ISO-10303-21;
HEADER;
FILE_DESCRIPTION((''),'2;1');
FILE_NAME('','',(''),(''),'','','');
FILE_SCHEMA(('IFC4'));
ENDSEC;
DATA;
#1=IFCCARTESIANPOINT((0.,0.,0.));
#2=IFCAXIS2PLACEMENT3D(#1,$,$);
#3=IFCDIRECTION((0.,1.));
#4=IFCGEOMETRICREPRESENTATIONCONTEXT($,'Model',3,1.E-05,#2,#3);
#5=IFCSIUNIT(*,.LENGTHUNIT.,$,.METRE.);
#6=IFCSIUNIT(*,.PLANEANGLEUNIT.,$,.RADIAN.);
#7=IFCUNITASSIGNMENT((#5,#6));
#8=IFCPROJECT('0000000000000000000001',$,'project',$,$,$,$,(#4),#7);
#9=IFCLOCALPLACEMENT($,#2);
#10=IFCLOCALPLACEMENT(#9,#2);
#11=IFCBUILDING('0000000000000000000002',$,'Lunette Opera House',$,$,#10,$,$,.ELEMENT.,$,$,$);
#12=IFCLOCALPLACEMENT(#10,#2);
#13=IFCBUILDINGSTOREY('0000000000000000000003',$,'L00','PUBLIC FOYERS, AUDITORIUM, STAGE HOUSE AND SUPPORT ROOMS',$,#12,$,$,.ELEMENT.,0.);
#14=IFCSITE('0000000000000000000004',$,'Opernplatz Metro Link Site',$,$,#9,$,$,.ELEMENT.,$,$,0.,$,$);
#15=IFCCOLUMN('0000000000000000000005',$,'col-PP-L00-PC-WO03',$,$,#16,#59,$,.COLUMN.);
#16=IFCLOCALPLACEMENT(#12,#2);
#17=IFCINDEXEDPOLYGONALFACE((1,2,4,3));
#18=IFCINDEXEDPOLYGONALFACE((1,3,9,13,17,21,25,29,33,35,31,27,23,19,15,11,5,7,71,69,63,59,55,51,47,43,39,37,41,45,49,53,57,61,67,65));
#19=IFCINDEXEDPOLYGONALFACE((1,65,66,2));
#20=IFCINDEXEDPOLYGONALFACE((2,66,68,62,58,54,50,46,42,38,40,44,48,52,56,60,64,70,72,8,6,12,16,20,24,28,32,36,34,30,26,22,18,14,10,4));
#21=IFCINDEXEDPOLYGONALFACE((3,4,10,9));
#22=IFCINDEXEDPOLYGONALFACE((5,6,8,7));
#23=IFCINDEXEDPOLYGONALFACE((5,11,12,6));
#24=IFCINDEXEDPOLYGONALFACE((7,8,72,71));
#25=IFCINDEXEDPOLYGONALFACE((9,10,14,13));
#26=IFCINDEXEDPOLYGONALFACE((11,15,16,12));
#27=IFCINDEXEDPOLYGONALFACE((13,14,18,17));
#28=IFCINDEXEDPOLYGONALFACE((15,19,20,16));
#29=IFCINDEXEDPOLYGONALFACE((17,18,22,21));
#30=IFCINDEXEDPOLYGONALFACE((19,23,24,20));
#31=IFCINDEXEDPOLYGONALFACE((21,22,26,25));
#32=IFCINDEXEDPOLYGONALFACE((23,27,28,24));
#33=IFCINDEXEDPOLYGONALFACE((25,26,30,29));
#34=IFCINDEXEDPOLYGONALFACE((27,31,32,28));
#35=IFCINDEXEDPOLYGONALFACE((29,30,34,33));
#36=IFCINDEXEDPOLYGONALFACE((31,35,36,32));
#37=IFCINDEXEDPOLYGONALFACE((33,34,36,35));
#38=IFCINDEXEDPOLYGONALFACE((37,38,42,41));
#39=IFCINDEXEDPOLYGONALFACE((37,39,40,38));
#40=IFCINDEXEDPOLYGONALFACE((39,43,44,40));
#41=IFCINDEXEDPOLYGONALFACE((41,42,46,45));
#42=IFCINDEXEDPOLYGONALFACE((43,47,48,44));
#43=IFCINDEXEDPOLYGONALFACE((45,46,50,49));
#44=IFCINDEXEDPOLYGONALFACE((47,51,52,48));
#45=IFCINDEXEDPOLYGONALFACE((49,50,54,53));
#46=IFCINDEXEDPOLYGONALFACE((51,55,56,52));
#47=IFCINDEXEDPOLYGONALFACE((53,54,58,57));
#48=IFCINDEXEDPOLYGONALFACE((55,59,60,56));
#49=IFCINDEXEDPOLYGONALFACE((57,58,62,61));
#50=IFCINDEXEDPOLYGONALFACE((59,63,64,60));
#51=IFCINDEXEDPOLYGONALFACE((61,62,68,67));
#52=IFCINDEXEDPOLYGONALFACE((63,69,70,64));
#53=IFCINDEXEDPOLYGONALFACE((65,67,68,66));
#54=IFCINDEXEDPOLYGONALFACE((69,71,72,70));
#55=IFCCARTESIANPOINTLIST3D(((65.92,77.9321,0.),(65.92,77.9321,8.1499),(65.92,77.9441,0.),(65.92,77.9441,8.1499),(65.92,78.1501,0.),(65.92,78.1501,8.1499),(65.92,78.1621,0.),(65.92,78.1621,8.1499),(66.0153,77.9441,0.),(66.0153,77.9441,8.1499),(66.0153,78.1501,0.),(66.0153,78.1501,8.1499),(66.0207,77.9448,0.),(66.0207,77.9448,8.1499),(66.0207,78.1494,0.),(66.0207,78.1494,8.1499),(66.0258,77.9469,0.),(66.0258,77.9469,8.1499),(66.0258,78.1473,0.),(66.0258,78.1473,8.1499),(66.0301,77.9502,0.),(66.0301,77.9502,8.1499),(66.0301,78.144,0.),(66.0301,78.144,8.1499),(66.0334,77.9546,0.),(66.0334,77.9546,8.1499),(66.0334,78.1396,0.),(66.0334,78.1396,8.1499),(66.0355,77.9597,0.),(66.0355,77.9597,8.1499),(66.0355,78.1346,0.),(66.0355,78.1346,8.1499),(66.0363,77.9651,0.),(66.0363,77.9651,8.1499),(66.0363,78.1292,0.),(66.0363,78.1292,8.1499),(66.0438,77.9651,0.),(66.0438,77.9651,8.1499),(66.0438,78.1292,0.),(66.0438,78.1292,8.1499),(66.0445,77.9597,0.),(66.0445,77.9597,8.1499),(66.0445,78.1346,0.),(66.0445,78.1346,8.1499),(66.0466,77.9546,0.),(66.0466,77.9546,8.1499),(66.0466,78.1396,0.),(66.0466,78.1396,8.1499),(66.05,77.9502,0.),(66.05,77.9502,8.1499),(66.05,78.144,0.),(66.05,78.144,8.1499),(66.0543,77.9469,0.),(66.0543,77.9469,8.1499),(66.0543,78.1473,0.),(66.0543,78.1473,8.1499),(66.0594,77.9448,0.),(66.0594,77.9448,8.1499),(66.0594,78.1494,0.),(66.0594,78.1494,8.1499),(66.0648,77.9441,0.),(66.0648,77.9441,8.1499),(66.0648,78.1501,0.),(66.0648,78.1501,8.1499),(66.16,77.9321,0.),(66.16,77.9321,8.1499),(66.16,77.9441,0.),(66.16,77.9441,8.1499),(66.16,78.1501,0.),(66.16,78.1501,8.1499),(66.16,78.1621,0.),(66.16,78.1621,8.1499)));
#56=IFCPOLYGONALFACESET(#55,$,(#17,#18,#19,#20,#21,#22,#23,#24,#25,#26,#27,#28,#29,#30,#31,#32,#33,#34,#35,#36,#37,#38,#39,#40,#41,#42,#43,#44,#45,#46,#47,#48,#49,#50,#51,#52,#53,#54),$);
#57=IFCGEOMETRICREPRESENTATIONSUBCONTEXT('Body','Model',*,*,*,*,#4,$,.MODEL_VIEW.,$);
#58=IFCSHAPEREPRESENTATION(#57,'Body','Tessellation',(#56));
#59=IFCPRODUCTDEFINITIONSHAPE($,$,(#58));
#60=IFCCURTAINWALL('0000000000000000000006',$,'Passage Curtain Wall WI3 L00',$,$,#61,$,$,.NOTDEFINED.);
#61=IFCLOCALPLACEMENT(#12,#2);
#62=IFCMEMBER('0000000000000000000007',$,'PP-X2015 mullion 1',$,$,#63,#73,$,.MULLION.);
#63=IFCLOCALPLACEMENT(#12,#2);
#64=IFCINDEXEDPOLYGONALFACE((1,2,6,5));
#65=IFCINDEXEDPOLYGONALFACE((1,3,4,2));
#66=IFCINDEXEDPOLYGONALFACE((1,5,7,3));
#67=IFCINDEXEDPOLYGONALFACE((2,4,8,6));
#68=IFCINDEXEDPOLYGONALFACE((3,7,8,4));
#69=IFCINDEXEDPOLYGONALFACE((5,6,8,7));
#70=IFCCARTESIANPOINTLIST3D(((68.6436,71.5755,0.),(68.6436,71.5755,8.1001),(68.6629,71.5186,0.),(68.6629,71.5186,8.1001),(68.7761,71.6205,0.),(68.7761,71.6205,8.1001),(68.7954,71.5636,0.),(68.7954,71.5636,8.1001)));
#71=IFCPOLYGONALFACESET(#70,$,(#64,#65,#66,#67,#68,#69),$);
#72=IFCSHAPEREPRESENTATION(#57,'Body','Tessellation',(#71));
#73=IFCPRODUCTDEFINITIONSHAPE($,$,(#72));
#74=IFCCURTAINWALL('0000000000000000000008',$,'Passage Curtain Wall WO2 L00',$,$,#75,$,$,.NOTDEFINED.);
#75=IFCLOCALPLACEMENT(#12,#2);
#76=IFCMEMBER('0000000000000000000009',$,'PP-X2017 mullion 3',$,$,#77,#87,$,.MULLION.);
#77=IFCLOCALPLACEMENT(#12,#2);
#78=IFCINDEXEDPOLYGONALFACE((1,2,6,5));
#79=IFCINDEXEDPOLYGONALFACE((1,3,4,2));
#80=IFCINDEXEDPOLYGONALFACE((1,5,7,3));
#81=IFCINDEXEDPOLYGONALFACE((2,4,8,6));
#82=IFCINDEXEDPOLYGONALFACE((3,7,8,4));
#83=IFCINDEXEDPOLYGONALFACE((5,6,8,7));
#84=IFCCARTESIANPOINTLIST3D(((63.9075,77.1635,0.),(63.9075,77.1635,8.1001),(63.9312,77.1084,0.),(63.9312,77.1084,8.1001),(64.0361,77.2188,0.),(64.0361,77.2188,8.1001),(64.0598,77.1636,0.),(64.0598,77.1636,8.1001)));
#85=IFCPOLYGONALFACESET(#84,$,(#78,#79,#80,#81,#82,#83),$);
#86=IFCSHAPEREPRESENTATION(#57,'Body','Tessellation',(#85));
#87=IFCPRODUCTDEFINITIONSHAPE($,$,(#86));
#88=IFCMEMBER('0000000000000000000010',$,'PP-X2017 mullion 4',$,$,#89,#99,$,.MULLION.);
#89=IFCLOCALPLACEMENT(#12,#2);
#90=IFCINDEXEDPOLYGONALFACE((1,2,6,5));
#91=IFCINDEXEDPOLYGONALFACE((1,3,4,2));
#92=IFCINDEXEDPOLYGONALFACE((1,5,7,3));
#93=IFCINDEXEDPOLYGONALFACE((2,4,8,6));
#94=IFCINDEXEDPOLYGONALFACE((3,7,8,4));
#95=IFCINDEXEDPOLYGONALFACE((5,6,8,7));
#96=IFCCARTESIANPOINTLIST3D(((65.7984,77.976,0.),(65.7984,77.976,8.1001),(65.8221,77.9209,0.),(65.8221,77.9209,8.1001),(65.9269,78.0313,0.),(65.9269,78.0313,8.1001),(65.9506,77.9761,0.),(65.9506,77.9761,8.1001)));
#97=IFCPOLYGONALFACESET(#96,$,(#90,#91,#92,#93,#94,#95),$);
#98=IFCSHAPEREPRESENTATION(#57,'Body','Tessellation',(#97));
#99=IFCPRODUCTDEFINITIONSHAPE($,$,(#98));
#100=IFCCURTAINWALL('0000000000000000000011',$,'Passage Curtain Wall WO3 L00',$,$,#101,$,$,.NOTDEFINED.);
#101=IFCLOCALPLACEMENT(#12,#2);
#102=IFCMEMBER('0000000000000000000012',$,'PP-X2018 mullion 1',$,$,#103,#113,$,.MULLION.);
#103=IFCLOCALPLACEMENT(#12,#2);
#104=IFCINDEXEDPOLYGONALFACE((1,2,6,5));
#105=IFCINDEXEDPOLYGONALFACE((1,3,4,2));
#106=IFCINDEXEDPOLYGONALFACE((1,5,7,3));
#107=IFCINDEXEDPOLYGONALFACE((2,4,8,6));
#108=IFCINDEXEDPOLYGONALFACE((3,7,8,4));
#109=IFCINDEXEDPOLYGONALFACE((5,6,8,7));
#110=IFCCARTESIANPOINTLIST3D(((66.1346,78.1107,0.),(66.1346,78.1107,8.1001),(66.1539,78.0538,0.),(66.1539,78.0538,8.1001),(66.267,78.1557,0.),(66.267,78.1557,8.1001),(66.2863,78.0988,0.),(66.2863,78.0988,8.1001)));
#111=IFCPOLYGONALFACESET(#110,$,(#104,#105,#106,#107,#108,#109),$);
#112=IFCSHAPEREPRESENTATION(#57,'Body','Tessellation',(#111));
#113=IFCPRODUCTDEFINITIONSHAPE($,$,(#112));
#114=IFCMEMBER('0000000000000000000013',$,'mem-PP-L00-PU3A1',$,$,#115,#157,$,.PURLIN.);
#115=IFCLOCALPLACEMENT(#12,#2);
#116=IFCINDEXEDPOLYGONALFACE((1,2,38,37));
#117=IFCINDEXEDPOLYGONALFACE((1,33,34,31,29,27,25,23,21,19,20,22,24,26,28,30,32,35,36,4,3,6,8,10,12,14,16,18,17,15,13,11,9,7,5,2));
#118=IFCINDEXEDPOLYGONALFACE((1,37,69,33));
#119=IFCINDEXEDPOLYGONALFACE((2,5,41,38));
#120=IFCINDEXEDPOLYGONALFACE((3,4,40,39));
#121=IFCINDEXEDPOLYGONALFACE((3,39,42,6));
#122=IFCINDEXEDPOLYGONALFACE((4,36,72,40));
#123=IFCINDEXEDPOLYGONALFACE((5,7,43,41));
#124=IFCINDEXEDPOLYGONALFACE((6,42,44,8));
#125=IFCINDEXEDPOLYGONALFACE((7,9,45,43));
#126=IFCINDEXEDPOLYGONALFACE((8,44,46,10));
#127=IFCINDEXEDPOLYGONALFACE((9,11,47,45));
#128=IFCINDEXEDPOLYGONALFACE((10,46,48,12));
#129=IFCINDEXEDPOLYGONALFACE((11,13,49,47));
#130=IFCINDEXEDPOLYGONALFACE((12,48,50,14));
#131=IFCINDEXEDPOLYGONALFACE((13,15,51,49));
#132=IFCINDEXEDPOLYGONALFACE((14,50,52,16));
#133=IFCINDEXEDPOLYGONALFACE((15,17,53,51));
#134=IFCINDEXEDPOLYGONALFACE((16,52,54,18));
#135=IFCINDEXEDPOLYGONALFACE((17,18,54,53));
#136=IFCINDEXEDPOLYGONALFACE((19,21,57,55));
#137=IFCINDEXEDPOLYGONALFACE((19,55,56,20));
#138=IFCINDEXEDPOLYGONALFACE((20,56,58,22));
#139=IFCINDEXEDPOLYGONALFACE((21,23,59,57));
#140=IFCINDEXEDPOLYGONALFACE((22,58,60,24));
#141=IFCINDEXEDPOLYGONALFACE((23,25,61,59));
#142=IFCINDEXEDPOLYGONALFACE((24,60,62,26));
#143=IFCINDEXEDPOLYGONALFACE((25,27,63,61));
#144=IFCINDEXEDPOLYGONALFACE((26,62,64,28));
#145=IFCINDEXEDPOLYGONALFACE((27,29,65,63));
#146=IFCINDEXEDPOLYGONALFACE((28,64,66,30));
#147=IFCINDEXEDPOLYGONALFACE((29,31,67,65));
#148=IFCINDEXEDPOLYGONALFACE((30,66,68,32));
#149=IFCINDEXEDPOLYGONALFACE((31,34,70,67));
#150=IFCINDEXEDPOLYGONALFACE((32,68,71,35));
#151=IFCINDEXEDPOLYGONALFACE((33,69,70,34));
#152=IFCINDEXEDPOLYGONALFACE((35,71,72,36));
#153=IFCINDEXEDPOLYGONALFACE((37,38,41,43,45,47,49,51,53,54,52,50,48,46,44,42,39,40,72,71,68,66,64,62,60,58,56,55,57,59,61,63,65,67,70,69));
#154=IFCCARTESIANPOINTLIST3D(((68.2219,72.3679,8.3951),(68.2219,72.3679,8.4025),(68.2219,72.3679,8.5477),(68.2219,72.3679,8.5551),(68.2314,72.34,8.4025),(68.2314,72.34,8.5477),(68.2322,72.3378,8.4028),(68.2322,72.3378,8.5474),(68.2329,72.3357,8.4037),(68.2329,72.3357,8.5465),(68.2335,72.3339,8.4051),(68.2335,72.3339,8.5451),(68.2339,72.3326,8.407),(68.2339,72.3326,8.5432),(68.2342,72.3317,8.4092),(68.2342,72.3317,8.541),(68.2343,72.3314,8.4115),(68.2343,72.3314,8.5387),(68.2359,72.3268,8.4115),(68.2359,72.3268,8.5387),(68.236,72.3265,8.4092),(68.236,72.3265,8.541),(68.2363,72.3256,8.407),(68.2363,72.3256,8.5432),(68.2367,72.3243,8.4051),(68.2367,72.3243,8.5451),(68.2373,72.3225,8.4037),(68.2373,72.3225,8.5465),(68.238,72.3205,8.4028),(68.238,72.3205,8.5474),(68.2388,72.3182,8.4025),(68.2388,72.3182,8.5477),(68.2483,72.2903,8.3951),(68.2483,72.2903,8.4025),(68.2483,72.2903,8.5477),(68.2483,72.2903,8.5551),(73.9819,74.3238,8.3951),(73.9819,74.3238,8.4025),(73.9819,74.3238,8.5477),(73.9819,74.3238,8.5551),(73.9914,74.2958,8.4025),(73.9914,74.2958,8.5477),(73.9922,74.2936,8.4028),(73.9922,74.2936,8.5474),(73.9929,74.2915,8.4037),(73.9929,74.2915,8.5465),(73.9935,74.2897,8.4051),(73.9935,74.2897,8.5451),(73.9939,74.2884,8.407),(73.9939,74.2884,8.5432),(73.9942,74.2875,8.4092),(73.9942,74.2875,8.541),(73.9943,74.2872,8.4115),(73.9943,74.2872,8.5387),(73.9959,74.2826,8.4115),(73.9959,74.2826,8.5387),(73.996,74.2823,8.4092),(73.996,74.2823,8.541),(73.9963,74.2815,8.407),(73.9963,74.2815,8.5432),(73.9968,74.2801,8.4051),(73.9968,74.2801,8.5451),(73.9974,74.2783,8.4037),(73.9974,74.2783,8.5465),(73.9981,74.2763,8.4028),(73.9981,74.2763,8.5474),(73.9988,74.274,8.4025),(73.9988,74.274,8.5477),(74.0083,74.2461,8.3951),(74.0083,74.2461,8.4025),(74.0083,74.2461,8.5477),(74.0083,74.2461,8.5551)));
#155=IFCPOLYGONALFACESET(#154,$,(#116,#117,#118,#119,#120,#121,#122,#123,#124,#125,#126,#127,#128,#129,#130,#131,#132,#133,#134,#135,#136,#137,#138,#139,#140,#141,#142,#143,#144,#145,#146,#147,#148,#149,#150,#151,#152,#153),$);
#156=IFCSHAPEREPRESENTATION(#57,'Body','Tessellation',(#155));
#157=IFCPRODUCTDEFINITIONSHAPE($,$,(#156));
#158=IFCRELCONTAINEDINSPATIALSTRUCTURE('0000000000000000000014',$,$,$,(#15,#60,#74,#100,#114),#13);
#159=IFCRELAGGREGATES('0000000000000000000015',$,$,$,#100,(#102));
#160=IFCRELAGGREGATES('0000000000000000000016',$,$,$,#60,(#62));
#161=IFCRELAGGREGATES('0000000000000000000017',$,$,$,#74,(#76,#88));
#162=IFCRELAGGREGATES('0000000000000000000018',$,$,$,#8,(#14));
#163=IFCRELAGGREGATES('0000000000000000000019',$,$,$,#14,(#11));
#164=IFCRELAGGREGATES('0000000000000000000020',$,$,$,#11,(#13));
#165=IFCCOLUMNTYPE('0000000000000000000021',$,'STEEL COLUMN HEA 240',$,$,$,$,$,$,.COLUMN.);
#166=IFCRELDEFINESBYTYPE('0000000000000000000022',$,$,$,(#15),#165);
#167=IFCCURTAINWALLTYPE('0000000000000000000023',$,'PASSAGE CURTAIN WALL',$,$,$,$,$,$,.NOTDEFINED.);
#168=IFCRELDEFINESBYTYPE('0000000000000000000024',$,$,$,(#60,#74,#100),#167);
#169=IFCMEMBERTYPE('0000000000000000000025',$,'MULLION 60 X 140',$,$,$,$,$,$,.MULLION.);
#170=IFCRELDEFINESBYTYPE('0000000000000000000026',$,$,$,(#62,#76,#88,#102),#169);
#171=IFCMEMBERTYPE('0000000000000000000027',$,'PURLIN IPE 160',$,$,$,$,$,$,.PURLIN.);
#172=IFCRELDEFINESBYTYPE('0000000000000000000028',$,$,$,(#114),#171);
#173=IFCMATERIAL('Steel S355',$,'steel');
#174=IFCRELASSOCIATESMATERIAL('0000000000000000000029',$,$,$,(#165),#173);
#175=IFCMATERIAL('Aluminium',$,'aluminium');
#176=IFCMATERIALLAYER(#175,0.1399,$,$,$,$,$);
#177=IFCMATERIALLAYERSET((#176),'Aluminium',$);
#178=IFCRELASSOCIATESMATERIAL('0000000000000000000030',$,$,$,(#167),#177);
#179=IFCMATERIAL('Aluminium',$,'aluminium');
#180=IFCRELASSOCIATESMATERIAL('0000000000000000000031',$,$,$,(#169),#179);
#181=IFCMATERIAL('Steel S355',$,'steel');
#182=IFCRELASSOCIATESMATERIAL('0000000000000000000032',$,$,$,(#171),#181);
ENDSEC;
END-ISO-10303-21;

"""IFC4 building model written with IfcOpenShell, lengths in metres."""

from ifc_helpers import new_model, si_unit, direction, frame, origin, origin_2d, place, context, subcontext, project, spatial, rectangle, i_section, extrude, material, layer, layer_set, material_profile, profile_set, type_object, element, aggregate, save


model = new_model("IFC4")

# Units and contexts
model_context = context("Model", 3, precision=1e-05, world=origin(), true_north=direction((0.0, 1.0)))
body_context = subcontext(model_context, "Body", "Model", "MODEL_VIEW")
ifc_project = project(units=[si_unit("LENGTHUNIT", "METRE"), si_unit("PLANEANGLEUNIT", "RADIAN")], contexts=[model_context])

# Site, building, storey
site_placement = place(None, origin())
site = spatial("IfcSite", under=ifc_project, at=site_placement, Name="Opernplatz Metro Link Site", CompositionType="ELEMENT", RefElevation=0.0)
building_placement = place(site_placement, origin())
building = spatial("IfcBuilding", under=site, at=building_placement, Name="Lunette Opera House", CompositionType="ELEMENT")
storey_placement = place(building_placement, origin())
storey = spatial("IfcBuildingStorey", under=building, at=storey_placement, Name="L00", Description="PUBLIC FOYERS, AUDITORIUM, STAGE HOUSE AND SUPPORT ROOMS", CompositionType="ELEMENT", Elevation=0.0)

# Column
ifc_material_1 = material(Name="Steel S355", Category="steel")
ifc_material_profile_1 = material_profile(ifc_material_1, i_section(OverallWidth=0.24, OverallDepth=0.23, WebThickness=0.0076, FlangeThickness=0.012, FilletRadius=0.021, at=origin_2d()), Name="HEA 240")
ifc_profile_set_1 = profile_set([ifc_material_profile_1], Name="Steel S355")
column_type = type_object("IfcColumnType", Name="STEEL COLUMN HEA 240", PredefinedType="COLUMN", material=ifc_profile_set_1)
column_placement = place(storey_placement, frame((66.04, 78.0471, 0.0), z_axis=(0.0, 0.0, 1.0), x_axis=(1.0, 0.0, 0.0)))
element("IfcColumn", 1, at=column_placement, inside=storey, type_object=column_type, Name="col-PP-L00-PC-WO03", PredefinedType="COLUMN", context=body_context, shape_type="SweptSolid", body=[
    extrude(i_section(OverallWidth=0.24, OverallDepth=0.23, WebThickness=0.0076, FlangeThickness=0.012, FilletRadius=0.021, at=origin_2d()), origin(), (0.0, 0.0, 1.0), 8.1499),
])

# Curtain wall, member
ifc_material_2 = material(Name="Aluminium", Category="aluminium")
ifc_layer_1 = layer(ifc_material_2, 0.1399)
ifc_layer_set_1 = layer_set([ifc_layer_1], Name="Aluminium")
curtain_wall_type = type_object("IfcCurtainWallType", Name="PASSAGE CURTAIN WALL", PredefinedType="NOTDEFINED", material=ifc_layer_set_1)
curtain_wall_1_placement = place(storey_placement, origin())
curtain_wall_1 = element("IfcCurtainWall", 2, at=curtain_wall_1_placement, inside=storey, type_object=curtain_wall_type, Name="Passage Curtain Wall WI3 L00", PredefinedType="NOTDEFINED")
ifc_material_3 = material(Name="Aluminium", Category="aluminium")
ifc_material_profile_2 = material_profile(ifc_material_3, rectangle(XDim=0.0601, YDim=0.1399, at=origin_2d()), Name="MULLION 60 X 140")
ifc_profile_set_2 = profile_set([ifc_material_profile_2], Name="Aluminium")
member_type_1 = type_object("IfcMemberType", Name="MULLION 60 X 140", PredefinedType="MULLION", material=ifc_profile_set_2)
member_1_placement = place(storey_placement, frame((68.7195, 71.5696, 0.0), z_axis=(0.0, 0.0, 1.0), x_axis=(-0.32163, 0.946866, 0.0)))
member_1 = element("IfcMember", 3, at=member_1_placement, type_object=member_type_1, Name="PP-X2015 mullion 1", PredefinedType="MULLION", context=body_context, shape_type="SweptSolid", body=[
    extrude(rectangle(XDim=0.0601, YDim=0.1399, at=origin_2d()), origin(), (0.0, 0.0, 1.0), 8.1001),
])

# Curtain wall, members
curtain_wall_2_placement = place(storey_placement, origin())
curtain_wall_2 = element("IfcCurtainWall", 4, at=curtain_wall_2_placement, inside=storey, type_object=curtain_wall_type, Name="Passage Curtain Wall WO2 L00", PredefinedType="NOTDEFINED")
member_2_placement = place(storey_placement, frame((63.9836, 77.1636, 0.0), z_axis=(0.0, 0.0, 1.0), x_axis=(-0.394805, 0.918765, 0.0)))
member_2 = element("IfcMember", 5, at=member_2_placement, type_object=member_type_1, Name="PP-X2017 mullion 3", PredefinedType="MULLION", context=body_context, shape_type="SweptSolid", body=[
    extrude(rectangle(XDim=0.0601, YDim=0.1399, at=origin_2d()), origin(), (0.0, 0.0, 1.0), 8.1001),
])
member_3_placement = place(storey_placement, frame((65.8745, 77.9761, 0.0), z_axis=(0.0, 0.0, 1.0), x_axis=(-0.394805, 0.918765, 0.0)))
member_3 = element("IfcMember", 6, at=member_3_placement, type_object=member_type_1, Name="PP-X2017 mullion 4", PredefinedType="MULLION", context=body_context, shape_type="SweptSolid", body=[
    extrude(rectangle(XDim=0.0601, YDim=0.1399, at=origin_2d()), origin(), (0.0, 0.0, 1.0), 8.1001),
])

# Curtain wall, member
curtain_wall_3_placement = place(storey_placement, origin())
curtain_wall_3 = element("IfcCurtainWall", 7, at=curtain_wall_3_placement, inside=storey, type_object=curtain_wall_type, Name="Passage Curtain Wall WO3 L00", PredefinedType="NOTDEFINED")
member_4_placement = place(storey_placement, frame((66.2104, 78.1047, 0.0), z_axis=(0.0, 0.0, 1.0), x_axis=(-0.321491, 0.946913, 0.0)))
member_4 = element("IfcMember", 8, at=member_4_placement, type_object=member_type_1, Name="PP-X2018 mullion 1", PredefinedType="MULLION", context=body_context, shape_type="SweptSolid", body=[
    extrude(rectangle(XDim=0.0601, YDim=0.1399, at=origin_2d()), origin(), (0.0, 0.0, 1.0), 8.1001),
])

# Member
ifc_material_4 = material(Name="Steel S355", Category="steel")
ifc_material_profile_3 = material_profile(ifc_material_4, i_section(OverallWidth=0.082, OverallDepth=0.1599, WebThickness=0.0049, FlangeThickness=0.0073, FilletRadius=0.009, at=origin_2d()), Name="IPE 160")
ifc_profile_set_3 = profile_set([ifc_material_profile_3], Name="Steel S355")
member_type_2 = type_object("IfcMemberType", Name="PURLIN IPE 160", PredefinedType="PURLIN", material=ifc_profile_set_3)
member_5_placement = place(storey_placement, frame((68.2351, 72.3291, 8.4751), z_axis=(0.946903, 0.321521, 0.0), x_axis=(-0.321521, 0.946903, 0.0)))
element("IfcMember", 9, at=member_5_placement, inside=storey, type_object=member_type_2, Name="mem-PP-L00-PU3A1", PredefinedType="PURLIN", context=body_context, shape_type="SweptSolid", body=[
    extrude(i_section(OverallWidth=0.082, OverallDepth=0.1599, WebThickness=0.0049, FlangeThickness=0.0073, FilletRadius=0.009, at=origin_2d()), origin(), (0.0, 0.0, 1.0), 6.083),
])

aggregate(curtain_wall_3, [member_4])

aggregate(curtain_wall_1, [member_1])
aggregate(curtain_wall_2, [member_2, member_3])

save(model, "model.ifc")
